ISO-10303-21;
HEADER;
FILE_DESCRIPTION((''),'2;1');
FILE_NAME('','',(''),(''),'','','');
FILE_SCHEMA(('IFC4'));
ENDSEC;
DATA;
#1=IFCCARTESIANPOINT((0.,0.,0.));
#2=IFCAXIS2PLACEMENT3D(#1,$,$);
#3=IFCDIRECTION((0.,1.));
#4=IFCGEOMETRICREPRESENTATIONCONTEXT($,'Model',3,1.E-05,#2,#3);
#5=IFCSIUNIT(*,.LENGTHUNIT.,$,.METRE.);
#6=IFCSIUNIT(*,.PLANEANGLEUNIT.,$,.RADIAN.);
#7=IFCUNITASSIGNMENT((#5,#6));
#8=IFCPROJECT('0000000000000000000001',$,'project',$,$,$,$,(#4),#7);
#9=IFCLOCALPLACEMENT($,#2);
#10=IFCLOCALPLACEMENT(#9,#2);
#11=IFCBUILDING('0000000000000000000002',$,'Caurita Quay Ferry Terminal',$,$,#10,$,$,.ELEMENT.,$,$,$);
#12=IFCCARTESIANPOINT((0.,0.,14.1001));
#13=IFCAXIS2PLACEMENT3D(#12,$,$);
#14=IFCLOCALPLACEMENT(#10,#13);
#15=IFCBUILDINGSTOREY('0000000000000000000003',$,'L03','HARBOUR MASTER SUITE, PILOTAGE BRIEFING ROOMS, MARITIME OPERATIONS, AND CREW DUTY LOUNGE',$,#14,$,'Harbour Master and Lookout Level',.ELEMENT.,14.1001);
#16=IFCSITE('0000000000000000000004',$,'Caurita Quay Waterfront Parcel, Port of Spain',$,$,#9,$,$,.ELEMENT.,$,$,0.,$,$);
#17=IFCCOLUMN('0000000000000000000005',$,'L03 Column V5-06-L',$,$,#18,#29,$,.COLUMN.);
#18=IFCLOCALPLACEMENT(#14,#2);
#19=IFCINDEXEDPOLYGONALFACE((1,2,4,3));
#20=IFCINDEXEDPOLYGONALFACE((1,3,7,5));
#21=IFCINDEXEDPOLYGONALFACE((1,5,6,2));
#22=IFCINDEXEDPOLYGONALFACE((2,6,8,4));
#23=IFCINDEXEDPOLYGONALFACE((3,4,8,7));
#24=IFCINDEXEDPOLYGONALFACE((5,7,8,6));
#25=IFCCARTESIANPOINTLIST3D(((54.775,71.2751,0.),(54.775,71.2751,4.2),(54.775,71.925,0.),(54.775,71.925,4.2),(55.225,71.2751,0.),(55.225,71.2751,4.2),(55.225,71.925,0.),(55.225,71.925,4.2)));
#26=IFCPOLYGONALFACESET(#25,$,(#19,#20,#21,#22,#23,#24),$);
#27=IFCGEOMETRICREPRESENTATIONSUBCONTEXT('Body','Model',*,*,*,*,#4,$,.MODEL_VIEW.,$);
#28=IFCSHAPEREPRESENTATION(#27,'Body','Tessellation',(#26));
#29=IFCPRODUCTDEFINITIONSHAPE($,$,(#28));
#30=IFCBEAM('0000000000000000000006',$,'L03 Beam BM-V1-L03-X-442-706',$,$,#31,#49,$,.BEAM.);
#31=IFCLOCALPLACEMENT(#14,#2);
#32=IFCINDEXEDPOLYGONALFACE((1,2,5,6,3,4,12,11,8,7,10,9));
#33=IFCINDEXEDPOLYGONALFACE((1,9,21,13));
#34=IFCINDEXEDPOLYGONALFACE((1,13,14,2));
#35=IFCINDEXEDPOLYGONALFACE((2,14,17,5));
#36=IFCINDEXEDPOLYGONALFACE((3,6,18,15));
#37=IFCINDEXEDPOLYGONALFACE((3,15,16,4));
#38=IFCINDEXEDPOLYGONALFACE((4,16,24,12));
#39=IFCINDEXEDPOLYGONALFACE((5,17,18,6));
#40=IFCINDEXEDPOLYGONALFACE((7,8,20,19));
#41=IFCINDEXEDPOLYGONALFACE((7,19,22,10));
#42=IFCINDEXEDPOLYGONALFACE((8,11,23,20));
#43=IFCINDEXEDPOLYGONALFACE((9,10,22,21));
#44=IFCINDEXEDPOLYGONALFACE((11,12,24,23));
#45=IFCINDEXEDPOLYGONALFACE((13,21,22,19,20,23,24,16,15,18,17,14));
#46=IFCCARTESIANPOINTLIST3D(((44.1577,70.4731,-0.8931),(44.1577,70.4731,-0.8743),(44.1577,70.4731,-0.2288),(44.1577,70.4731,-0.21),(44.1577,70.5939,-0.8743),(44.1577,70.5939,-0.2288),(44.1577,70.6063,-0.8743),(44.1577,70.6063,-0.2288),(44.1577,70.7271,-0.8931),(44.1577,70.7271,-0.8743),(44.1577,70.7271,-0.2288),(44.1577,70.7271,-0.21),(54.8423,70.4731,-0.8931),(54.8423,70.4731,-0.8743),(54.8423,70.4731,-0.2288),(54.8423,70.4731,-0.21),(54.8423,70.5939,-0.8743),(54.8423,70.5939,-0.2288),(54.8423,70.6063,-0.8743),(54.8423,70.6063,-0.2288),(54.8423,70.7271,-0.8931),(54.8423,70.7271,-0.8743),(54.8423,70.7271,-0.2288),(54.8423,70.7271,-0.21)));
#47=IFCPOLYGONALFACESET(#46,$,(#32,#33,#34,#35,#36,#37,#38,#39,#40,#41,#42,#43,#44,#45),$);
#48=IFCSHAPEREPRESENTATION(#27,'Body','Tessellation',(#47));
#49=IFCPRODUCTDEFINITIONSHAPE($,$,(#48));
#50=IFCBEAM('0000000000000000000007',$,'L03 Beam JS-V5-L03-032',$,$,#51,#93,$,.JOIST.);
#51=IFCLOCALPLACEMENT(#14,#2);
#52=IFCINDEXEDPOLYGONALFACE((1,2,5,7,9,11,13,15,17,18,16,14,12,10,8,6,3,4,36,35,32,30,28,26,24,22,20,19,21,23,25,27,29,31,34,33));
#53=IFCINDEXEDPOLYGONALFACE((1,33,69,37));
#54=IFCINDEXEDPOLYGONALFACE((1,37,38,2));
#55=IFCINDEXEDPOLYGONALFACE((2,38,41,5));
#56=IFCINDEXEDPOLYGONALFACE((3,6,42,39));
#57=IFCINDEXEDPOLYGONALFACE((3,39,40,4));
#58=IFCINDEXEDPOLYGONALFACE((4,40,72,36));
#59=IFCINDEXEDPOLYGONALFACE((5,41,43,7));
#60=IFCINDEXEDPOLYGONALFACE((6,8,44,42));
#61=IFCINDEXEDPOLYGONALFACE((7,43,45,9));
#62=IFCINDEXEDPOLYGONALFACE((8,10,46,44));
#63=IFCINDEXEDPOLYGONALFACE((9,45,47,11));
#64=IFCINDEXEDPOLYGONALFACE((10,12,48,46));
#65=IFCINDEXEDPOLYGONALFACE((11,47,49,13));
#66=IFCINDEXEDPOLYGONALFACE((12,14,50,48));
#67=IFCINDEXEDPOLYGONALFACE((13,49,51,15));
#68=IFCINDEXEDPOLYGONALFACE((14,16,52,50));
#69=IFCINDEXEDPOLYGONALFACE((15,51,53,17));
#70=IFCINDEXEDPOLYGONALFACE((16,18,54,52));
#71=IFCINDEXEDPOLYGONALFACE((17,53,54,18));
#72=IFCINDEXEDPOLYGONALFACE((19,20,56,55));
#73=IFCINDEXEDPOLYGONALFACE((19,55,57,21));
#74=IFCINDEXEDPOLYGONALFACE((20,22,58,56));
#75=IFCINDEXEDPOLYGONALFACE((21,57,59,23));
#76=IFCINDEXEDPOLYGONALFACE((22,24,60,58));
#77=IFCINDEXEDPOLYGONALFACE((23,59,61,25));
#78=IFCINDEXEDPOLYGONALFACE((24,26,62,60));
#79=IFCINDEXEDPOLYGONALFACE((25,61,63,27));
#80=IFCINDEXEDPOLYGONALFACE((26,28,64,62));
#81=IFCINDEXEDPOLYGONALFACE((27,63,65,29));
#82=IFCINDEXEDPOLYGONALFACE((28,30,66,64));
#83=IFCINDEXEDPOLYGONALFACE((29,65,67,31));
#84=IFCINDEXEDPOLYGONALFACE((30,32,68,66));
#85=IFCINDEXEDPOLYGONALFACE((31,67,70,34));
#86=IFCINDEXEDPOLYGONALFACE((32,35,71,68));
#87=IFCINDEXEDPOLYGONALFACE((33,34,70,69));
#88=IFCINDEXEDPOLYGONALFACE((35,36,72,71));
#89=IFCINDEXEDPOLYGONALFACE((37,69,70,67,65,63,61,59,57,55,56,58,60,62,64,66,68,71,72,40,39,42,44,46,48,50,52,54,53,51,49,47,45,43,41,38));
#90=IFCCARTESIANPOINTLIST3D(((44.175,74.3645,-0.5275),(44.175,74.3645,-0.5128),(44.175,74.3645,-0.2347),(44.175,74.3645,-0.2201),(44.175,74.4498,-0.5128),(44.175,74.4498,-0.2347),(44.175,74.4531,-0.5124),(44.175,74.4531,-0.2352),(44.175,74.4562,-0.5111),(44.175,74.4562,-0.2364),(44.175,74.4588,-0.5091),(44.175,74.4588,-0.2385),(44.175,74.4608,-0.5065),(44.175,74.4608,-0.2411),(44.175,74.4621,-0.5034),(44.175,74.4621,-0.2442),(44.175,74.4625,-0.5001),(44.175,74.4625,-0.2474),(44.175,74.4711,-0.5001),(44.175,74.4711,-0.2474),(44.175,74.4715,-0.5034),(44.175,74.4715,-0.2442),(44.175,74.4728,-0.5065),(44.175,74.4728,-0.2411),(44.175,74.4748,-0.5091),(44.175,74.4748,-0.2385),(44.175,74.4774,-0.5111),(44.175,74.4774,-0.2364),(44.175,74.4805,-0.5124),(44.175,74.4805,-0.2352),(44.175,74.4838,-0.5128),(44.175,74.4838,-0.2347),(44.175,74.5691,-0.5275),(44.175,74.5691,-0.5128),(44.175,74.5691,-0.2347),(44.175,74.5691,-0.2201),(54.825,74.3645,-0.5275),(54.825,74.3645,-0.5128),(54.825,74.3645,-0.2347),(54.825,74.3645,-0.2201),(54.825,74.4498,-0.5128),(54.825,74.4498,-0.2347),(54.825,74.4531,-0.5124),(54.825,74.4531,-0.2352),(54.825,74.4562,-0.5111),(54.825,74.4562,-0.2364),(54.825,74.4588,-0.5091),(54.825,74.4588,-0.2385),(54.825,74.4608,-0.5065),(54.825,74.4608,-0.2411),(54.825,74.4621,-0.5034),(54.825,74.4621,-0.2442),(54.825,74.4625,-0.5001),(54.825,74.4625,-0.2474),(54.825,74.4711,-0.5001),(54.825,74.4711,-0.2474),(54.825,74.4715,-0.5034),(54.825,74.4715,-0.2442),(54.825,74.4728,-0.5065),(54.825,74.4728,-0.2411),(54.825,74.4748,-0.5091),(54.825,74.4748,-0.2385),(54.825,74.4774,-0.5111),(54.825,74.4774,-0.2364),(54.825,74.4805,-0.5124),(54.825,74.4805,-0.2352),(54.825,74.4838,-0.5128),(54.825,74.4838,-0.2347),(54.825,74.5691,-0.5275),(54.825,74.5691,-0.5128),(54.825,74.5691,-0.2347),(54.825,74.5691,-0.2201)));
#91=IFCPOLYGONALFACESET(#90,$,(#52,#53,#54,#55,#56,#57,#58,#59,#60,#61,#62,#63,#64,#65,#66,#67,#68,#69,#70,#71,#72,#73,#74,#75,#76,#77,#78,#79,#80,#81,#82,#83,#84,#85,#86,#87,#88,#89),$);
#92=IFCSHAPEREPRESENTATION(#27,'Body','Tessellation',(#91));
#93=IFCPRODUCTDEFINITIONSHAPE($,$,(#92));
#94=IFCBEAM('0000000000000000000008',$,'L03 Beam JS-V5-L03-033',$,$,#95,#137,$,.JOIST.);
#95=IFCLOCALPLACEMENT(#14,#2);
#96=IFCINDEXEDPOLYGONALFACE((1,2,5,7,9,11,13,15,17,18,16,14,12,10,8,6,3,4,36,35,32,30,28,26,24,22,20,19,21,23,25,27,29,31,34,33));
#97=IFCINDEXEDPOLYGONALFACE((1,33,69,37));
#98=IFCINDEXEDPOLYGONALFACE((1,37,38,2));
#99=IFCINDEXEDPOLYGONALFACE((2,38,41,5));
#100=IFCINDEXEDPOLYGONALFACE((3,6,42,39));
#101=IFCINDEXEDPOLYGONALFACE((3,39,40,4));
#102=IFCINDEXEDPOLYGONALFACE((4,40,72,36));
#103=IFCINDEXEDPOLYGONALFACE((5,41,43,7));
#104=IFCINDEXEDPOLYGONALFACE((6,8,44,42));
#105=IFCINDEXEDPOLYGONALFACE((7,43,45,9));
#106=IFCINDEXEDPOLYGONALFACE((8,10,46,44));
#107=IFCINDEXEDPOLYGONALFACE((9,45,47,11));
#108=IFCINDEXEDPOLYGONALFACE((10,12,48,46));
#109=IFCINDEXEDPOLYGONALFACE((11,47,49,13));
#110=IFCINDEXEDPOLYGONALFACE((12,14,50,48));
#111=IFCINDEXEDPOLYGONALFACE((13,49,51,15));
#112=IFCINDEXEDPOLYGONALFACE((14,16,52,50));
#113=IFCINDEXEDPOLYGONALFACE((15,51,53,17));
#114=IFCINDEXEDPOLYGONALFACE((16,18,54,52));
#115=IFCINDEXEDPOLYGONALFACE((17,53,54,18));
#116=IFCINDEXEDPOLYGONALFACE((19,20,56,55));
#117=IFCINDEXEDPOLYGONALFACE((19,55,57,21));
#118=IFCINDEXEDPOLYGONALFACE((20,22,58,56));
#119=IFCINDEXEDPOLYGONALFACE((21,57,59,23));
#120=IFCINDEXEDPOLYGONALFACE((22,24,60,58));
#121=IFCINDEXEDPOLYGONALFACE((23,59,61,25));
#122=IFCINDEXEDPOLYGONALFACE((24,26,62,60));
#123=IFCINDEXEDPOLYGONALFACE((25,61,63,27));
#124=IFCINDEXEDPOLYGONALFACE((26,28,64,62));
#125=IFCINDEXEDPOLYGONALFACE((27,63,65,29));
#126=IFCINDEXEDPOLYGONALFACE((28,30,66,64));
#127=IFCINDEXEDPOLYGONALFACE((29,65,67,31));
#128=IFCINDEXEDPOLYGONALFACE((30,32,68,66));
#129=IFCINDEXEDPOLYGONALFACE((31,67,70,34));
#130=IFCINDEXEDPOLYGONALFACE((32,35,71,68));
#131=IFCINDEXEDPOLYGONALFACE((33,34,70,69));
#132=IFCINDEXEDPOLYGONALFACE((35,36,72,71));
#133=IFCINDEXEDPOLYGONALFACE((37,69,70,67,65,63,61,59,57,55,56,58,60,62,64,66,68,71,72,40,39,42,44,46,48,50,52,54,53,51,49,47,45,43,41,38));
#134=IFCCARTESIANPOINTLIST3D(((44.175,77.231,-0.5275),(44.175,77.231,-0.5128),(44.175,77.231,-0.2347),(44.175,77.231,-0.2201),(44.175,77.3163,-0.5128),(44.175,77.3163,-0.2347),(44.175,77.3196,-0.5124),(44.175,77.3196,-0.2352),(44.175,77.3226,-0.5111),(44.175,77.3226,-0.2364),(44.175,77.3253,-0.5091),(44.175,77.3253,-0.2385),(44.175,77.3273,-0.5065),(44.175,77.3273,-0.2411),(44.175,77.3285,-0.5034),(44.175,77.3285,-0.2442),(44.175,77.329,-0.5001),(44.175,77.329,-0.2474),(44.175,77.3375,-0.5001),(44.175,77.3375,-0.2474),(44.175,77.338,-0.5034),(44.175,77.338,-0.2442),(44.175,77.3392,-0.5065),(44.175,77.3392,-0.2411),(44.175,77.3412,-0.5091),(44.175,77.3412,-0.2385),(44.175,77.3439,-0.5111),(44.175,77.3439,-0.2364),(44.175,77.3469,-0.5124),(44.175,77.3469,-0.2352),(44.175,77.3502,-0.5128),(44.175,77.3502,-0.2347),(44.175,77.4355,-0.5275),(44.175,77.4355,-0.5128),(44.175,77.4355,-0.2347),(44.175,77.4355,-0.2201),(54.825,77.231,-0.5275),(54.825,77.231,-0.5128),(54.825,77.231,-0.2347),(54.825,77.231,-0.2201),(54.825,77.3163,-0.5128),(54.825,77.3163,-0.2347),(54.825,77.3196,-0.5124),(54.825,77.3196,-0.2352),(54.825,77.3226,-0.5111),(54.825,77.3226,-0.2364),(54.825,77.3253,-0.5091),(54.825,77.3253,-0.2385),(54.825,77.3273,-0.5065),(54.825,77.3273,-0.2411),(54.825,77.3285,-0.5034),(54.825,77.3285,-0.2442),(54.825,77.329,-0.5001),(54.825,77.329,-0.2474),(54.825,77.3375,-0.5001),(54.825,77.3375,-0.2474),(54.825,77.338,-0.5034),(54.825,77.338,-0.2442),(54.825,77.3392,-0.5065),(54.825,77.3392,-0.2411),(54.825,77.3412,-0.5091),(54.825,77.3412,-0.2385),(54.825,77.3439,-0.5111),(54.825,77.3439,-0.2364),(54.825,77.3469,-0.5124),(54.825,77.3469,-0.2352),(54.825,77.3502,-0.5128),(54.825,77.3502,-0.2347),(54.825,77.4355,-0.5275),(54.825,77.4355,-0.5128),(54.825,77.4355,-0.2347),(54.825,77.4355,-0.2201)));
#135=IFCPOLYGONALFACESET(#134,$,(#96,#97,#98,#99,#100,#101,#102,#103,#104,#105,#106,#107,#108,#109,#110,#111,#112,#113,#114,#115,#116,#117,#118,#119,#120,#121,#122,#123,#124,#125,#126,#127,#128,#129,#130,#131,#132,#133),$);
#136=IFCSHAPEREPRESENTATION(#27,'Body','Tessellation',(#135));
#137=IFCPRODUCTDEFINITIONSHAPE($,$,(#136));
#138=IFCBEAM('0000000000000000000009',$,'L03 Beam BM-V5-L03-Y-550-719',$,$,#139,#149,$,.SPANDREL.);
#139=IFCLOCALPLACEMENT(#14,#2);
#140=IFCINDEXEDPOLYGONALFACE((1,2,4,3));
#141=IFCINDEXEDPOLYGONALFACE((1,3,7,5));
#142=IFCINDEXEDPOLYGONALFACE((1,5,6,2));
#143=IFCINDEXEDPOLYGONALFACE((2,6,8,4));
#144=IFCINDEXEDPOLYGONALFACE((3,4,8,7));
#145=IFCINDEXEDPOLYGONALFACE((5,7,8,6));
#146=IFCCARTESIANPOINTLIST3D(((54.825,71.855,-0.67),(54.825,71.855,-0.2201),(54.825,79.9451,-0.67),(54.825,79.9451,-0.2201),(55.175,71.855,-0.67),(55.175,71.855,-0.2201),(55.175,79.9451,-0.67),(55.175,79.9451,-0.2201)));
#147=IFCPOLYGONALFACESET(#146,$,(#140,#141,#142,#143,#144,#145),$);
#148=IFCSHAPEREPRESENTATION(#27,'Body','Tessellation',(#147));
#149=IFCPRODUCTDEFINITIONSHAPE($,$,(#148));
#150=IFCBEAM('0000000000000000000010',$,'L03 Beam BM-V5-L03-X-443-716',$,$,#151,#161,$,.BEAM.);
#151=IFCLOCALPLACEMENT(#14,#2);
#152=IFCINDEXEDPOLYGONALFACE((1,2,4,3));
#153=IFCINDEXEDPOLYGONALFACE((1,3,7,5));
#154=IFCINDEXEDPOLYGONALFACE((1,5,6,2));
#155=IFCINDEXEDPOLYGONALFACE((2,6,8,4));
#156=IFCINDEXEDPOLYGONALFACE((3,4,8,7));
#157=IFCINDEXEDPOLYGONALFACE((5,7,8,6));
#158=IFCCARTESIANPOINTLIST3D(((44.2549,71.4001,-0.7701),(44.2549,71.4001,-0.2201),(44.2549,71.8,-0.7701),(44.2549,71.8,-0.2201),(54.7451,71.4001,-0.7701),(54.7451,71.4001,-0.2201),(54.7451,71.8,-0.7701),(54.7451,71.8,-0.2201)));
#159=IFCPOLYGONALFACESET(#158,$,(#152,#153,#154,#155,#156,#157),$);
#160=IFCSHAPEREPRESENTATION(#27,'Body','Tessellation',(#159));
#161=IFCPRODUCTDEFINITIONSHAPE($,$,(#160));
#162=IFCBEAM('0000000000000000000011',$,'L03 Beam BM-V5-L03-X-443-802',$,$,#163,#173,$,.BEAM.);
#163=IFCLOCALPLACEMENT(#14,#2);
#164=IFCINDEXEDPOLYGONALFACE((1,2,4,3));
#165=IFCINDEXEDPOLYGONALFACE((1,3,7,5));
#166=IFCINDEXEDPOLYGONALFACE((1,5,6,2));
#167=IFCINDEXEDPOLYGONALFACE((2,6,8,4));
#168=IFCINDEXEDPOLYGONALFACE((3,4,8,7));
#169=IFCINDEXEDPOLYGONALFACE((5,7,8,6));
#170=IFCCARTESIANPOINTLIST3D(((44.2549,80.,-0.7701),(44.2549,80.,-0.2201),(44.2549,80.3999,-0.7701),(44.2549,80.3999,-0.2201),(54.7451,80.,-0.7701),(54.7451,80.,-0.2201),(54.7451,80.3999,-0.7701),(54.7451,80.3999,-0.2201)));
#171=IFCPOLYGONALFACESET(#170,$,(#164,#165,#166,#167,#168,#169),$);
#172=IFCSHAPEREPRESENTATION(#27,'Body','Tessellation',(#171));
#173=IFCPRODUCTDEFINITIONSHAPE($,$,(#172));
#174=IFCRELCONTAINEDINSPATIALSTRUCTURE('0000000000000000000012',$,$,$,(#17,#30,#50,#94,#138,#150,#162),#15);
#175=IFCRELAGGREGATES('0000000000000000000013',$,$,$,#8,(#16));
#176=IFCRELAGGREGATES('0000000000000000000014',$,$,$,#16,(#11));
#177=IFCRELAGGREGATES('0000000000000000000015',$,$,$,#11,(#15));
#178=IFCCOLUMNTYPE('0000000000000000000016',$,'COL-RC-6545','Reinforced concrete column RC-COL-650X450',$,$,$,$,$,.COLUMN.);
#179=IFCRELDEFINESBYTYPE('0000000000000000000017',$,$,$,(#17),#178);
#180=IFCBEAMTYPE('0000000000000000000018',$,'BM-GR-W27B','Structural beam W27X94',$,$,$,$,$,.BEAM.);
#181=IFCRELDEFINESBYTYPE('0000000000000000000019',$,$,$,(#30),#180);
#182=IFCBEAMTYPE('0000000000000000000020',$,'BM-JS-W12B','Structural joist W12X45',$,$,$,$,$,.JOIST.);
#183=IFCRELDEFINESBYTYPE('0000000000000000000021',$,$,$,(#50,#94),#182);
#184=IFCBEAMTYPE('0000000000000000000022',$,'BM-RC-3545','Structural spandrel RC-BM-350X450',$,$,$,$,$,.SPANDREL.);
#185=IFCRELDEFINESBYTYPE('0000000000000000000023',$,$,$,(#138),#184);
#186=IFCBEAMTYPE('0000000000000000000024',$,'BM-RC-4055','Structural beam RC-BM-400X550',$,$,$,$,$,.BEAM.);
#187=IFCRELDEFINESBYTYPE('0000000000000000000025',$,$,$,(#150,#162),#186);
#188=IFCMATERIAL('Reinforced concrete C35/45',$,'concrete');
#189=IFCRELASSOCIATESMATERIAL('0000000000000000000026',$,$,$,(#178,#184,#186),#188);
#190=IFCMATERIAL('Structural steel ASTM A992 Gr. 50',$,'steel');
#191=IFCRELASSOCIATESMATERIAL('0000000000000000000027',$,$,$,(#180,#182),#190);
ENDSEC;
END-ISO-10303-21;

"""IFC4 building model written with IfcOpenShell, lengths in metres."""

from ifc_helpers import new_model, si_unit, direction, frame, origin, origin_2d, place, context, subcontext, project, spatial, rectangle, i_section, extrude, material, material_profile, profile_set, type_object, element, save


model = new_model("IFC4")

# Units and contexts
model_context = context("Model", 3, precision=1e-05, world=origin(), true_north=direction((0.0, 1.0)))
body_context = subcontext(model_context, "Body", "Model", "MODEL_VIEW")
ifc_project = project(units=[si_unit("LENGTHUNIT", "METRE"), si_unit("PLANEANGLEUNIT", "RADIAN")], contexts=[model_context])

# Site, building, storey
site_placement = place(None, origin())
site = spatial("IfcSite", under=ifc_project, at=site_placement, Name="Caurita Quay Waterfront Parcel, Port of Spain", CompositionType="ELEMENT", RefElevation=0.0)
building_placement = place(site_placement, origin())
building = spatial("IfcBuilding", under=site, at=building_placement, Name="Caurita Quay Ferry Terminal", CompositionType="ELEMENT")
storey_placement = place(building_placement, frame((0.0, 0.0, 14.1001)))
storey = spatial("IfcBuildingStorey", under=building, at=storey_placement, Name="L03", Description="HARBOUR MASTER SUITE, PILOTAGE BRIEFING ROOMS, MARITIME OPERATIONS, AND CREW DUTY LOUNGE", LongName="Harbour Master and Lookout Level", CompositionType="ELEMENT", Elevation=14.1001)

# Column
ifc_material_1 = material(Name="Reinforced concrete C35/45", Category="concrete")
ifc_material_profile_1 = material_profile(ifc_material_1, rectangle(XDim=0.45, YDim=0.6499, at=origin_2d()), Name="RC-COL-650X450")
ifc_profile_set_1 = profile_set([ifc_material_profile_1], Name="Reinforced concrete C35/45")
column_type = type_object("IfcColumnType", Name="COL-RC-6545", Description="Reinforced concrete column RC-COL-650X450", PredefinedType="COLUMN", material=ifc_profile_set_1)
column_placement = place(storey_placement, frame((55.0, 71.6001, 0.0), z_axis=(0.0, 0.0, 1.0), x_axis=(1.0, 0.0, 0.0)))
element("IfcColumn", 1, at=column_placement, inside=storey, type_object=column_type, Name="L03 Column V5-06-L", PredefinedType="COLUMN", context=body_context, shape_type="SweptSolid", body=[
    extrude(rectangle(XDim=0.45, YDim=0.6499, at=origin_2d()), origin(), (0.0, 0.0, 1.0), 4.2),
])

# Beams
ifc_material_2 = material(Name="Structural steel ASTM A992 Gr. 50", Category="steel")
ifc_material_profile_2 = material_profile(ifc_material_2, i_section(OverallWidth=0.2539, OverallDepth=0.6831, WebThickness=0.0125, FlangeThickness=0.0188, at=origin_2d()), Name="W27X94")
ifc_profile_set_2 = profile_set([ifc_material_profile_2], Name="Structural steel ASTM A992 Gr. 50")
beam_type_1 = type_object("IfcBeamType", Name="BM-GR-W27B", Description="Structural beam W27X94", PredefinedType="BEAM", material=ifc_profile_set_2)
beam_1_placement = place(storey_placement, frame((44.1577, 70.6001, -0.5515), z_axis=(1.0, 0.0, 0.0), x_axis=(0.0, 1.0, 0.0)))
element("IfcBeam", 2, at=beam_1_placement, inside=storey, type_object=beam_type_1, Name="L03 Beam BM-V1-L03-X-442-706", PredefinedType="BEAM", context=body_context, shape_type="SweptSolid", body=[
    extrude(i_section(OverallWidth=0.2539, OverallDepth=0.6831, WebThickness=0.0125, FlangeThickness=0.0188, at=origin_2d()), origin(), (0.0, 0.0, 1.0), 10.6846),
])
ifc_material_profile_3 = material_profile(ifc_material_2, i_section(OverallWidth=0.2046, OverallDepth=0.3074, WebThickness=0.0085, FlangeThickness=0.0146, FilletRadius=0.0127, at=origin_2d()), Name="W12X45")
ifc_profile_set_3 = profile_set([ifc_material_profile_3], Name="Structural steel ASTM A992 Gr. 50")
beam_type_2 = type_object("IfcBeamType", Name="BM-JS-W12B", Description="Structural joist W12X45", PredefinedType="JOIST", material=ifc_profile_set_3)
for number, where, z_axis, x_axis, name in (
    (3, (44.175, 74.4668, -0.3738), (1.0, 0.0, 0.0), (0.0, 1.0, 0.0), "L03 Beam JS-V5-L03-032"),
    (4, (44.175, 77.3333, -0.3738), (1.0, 0.0, 0.0), (0.0, 1.0, 0.0), "L03 Beam JS-V5-L03-033"),
):
    element("IfcBeam", number, at=place(storey_placement, frame(where, z_axis=z_axis, x_axis=x_axis)), inside=storey, type_object=beam_type_2, Name=name, PredefinedType="JOIST", context=body_context, shape_type="SweptSolid", body=[
        extrude(i_section(OverallWidth=0.2046, OverallDepth=0.3074, WebThickness=0.0085, FlangeThickness=0.0146, FilletRadius=0.0127, at=origin_2d()), origin(), (0.0, 0.0, 1.0), 10.6499),
    ])
ifc_material_profile_4 = material_profile(ifc_material_1, rectangle(XDim=0.3501, YDim=0.45, at=origin_2d()), Name="RC-BM-350X450")
ifc_profile_set_4 = profile_set([ifc_material_profile_4], Name="Reinforced concrete C35/45")
beam_type_3 = type_object("IfcBeamType", Name="BM-RC-3545", Description="Structural spandrel RC-BM-350X450", PredefinedType="SPANDREL", material=ifc_profile_set_4)
beam_2_placement = place(storey_placement, frame((55.0, 71.855, -0.4451), z_axis=(0.0, 1.0, 0.0), x_axis=(-1.0, 0.0, 0.0)))
element("IfcBeam", 5, at=beam_2_placement, inside=storey, type_object=beam_type_3, Name="L03 Beam BM-V5-L03-Y-550-719", PredefinedType="SPANDREL", context=body_context, shape_type="SweptSolid", body=[
    extrude(rectangle(XDim=0.3501, YDim=0.45, at=origin_2d()), origin(), (0.0, 0.0, 1.0), 8.0901),
])
ifc_material_profile_5 = material_profile(ifc_material_1, rectangle(XDim=0.3999, YDim=0.55, at=origin_2d()), Name="RC-BM-400X550")
ifc_profile_set_5 = profile_set([ifc_material_profile_5], Name="Reinforced concrete C35/45")
beam_type_4 = type_object("IfcBeamType", Name="BM-RC-4055", Description="Structural beam RC-BM-400X550", PredefinedType="BEAM", material=ifc_profile_set_5)
for number, where, z_axis, x_axis, name in (
    (6, (44.2549, 71.6001, -0.4951), (1.0, 0.0, 0.0), (0.0, 1.0, 0.0), "L03 Beam BM-V5-L03-X-443-716"),
    (7, (44.2549, 80.2, -0.4951), (1.0, 0.0, 0.0), (0.0, 1.0, 0.0), "L03 Beam BM-V5-L03-X-443-802"),
):
    element("IfcBeam", number, at=place(storey_placement, frame(where, z_axis=z_axis, x_axis=x_axis)), inside=storey, type_object=beam_type_4, Name=name, PredefinedType="BEAM", context=body_context, shape_type="SweptSolid", body=[
        extrude(rectangle(XDim=0.3999, YDim=0.55, at=origin_2d()), origin(), (0.0, 0.0, 1.0), 10.4902),
    ])

save(model, "model.ifc")
